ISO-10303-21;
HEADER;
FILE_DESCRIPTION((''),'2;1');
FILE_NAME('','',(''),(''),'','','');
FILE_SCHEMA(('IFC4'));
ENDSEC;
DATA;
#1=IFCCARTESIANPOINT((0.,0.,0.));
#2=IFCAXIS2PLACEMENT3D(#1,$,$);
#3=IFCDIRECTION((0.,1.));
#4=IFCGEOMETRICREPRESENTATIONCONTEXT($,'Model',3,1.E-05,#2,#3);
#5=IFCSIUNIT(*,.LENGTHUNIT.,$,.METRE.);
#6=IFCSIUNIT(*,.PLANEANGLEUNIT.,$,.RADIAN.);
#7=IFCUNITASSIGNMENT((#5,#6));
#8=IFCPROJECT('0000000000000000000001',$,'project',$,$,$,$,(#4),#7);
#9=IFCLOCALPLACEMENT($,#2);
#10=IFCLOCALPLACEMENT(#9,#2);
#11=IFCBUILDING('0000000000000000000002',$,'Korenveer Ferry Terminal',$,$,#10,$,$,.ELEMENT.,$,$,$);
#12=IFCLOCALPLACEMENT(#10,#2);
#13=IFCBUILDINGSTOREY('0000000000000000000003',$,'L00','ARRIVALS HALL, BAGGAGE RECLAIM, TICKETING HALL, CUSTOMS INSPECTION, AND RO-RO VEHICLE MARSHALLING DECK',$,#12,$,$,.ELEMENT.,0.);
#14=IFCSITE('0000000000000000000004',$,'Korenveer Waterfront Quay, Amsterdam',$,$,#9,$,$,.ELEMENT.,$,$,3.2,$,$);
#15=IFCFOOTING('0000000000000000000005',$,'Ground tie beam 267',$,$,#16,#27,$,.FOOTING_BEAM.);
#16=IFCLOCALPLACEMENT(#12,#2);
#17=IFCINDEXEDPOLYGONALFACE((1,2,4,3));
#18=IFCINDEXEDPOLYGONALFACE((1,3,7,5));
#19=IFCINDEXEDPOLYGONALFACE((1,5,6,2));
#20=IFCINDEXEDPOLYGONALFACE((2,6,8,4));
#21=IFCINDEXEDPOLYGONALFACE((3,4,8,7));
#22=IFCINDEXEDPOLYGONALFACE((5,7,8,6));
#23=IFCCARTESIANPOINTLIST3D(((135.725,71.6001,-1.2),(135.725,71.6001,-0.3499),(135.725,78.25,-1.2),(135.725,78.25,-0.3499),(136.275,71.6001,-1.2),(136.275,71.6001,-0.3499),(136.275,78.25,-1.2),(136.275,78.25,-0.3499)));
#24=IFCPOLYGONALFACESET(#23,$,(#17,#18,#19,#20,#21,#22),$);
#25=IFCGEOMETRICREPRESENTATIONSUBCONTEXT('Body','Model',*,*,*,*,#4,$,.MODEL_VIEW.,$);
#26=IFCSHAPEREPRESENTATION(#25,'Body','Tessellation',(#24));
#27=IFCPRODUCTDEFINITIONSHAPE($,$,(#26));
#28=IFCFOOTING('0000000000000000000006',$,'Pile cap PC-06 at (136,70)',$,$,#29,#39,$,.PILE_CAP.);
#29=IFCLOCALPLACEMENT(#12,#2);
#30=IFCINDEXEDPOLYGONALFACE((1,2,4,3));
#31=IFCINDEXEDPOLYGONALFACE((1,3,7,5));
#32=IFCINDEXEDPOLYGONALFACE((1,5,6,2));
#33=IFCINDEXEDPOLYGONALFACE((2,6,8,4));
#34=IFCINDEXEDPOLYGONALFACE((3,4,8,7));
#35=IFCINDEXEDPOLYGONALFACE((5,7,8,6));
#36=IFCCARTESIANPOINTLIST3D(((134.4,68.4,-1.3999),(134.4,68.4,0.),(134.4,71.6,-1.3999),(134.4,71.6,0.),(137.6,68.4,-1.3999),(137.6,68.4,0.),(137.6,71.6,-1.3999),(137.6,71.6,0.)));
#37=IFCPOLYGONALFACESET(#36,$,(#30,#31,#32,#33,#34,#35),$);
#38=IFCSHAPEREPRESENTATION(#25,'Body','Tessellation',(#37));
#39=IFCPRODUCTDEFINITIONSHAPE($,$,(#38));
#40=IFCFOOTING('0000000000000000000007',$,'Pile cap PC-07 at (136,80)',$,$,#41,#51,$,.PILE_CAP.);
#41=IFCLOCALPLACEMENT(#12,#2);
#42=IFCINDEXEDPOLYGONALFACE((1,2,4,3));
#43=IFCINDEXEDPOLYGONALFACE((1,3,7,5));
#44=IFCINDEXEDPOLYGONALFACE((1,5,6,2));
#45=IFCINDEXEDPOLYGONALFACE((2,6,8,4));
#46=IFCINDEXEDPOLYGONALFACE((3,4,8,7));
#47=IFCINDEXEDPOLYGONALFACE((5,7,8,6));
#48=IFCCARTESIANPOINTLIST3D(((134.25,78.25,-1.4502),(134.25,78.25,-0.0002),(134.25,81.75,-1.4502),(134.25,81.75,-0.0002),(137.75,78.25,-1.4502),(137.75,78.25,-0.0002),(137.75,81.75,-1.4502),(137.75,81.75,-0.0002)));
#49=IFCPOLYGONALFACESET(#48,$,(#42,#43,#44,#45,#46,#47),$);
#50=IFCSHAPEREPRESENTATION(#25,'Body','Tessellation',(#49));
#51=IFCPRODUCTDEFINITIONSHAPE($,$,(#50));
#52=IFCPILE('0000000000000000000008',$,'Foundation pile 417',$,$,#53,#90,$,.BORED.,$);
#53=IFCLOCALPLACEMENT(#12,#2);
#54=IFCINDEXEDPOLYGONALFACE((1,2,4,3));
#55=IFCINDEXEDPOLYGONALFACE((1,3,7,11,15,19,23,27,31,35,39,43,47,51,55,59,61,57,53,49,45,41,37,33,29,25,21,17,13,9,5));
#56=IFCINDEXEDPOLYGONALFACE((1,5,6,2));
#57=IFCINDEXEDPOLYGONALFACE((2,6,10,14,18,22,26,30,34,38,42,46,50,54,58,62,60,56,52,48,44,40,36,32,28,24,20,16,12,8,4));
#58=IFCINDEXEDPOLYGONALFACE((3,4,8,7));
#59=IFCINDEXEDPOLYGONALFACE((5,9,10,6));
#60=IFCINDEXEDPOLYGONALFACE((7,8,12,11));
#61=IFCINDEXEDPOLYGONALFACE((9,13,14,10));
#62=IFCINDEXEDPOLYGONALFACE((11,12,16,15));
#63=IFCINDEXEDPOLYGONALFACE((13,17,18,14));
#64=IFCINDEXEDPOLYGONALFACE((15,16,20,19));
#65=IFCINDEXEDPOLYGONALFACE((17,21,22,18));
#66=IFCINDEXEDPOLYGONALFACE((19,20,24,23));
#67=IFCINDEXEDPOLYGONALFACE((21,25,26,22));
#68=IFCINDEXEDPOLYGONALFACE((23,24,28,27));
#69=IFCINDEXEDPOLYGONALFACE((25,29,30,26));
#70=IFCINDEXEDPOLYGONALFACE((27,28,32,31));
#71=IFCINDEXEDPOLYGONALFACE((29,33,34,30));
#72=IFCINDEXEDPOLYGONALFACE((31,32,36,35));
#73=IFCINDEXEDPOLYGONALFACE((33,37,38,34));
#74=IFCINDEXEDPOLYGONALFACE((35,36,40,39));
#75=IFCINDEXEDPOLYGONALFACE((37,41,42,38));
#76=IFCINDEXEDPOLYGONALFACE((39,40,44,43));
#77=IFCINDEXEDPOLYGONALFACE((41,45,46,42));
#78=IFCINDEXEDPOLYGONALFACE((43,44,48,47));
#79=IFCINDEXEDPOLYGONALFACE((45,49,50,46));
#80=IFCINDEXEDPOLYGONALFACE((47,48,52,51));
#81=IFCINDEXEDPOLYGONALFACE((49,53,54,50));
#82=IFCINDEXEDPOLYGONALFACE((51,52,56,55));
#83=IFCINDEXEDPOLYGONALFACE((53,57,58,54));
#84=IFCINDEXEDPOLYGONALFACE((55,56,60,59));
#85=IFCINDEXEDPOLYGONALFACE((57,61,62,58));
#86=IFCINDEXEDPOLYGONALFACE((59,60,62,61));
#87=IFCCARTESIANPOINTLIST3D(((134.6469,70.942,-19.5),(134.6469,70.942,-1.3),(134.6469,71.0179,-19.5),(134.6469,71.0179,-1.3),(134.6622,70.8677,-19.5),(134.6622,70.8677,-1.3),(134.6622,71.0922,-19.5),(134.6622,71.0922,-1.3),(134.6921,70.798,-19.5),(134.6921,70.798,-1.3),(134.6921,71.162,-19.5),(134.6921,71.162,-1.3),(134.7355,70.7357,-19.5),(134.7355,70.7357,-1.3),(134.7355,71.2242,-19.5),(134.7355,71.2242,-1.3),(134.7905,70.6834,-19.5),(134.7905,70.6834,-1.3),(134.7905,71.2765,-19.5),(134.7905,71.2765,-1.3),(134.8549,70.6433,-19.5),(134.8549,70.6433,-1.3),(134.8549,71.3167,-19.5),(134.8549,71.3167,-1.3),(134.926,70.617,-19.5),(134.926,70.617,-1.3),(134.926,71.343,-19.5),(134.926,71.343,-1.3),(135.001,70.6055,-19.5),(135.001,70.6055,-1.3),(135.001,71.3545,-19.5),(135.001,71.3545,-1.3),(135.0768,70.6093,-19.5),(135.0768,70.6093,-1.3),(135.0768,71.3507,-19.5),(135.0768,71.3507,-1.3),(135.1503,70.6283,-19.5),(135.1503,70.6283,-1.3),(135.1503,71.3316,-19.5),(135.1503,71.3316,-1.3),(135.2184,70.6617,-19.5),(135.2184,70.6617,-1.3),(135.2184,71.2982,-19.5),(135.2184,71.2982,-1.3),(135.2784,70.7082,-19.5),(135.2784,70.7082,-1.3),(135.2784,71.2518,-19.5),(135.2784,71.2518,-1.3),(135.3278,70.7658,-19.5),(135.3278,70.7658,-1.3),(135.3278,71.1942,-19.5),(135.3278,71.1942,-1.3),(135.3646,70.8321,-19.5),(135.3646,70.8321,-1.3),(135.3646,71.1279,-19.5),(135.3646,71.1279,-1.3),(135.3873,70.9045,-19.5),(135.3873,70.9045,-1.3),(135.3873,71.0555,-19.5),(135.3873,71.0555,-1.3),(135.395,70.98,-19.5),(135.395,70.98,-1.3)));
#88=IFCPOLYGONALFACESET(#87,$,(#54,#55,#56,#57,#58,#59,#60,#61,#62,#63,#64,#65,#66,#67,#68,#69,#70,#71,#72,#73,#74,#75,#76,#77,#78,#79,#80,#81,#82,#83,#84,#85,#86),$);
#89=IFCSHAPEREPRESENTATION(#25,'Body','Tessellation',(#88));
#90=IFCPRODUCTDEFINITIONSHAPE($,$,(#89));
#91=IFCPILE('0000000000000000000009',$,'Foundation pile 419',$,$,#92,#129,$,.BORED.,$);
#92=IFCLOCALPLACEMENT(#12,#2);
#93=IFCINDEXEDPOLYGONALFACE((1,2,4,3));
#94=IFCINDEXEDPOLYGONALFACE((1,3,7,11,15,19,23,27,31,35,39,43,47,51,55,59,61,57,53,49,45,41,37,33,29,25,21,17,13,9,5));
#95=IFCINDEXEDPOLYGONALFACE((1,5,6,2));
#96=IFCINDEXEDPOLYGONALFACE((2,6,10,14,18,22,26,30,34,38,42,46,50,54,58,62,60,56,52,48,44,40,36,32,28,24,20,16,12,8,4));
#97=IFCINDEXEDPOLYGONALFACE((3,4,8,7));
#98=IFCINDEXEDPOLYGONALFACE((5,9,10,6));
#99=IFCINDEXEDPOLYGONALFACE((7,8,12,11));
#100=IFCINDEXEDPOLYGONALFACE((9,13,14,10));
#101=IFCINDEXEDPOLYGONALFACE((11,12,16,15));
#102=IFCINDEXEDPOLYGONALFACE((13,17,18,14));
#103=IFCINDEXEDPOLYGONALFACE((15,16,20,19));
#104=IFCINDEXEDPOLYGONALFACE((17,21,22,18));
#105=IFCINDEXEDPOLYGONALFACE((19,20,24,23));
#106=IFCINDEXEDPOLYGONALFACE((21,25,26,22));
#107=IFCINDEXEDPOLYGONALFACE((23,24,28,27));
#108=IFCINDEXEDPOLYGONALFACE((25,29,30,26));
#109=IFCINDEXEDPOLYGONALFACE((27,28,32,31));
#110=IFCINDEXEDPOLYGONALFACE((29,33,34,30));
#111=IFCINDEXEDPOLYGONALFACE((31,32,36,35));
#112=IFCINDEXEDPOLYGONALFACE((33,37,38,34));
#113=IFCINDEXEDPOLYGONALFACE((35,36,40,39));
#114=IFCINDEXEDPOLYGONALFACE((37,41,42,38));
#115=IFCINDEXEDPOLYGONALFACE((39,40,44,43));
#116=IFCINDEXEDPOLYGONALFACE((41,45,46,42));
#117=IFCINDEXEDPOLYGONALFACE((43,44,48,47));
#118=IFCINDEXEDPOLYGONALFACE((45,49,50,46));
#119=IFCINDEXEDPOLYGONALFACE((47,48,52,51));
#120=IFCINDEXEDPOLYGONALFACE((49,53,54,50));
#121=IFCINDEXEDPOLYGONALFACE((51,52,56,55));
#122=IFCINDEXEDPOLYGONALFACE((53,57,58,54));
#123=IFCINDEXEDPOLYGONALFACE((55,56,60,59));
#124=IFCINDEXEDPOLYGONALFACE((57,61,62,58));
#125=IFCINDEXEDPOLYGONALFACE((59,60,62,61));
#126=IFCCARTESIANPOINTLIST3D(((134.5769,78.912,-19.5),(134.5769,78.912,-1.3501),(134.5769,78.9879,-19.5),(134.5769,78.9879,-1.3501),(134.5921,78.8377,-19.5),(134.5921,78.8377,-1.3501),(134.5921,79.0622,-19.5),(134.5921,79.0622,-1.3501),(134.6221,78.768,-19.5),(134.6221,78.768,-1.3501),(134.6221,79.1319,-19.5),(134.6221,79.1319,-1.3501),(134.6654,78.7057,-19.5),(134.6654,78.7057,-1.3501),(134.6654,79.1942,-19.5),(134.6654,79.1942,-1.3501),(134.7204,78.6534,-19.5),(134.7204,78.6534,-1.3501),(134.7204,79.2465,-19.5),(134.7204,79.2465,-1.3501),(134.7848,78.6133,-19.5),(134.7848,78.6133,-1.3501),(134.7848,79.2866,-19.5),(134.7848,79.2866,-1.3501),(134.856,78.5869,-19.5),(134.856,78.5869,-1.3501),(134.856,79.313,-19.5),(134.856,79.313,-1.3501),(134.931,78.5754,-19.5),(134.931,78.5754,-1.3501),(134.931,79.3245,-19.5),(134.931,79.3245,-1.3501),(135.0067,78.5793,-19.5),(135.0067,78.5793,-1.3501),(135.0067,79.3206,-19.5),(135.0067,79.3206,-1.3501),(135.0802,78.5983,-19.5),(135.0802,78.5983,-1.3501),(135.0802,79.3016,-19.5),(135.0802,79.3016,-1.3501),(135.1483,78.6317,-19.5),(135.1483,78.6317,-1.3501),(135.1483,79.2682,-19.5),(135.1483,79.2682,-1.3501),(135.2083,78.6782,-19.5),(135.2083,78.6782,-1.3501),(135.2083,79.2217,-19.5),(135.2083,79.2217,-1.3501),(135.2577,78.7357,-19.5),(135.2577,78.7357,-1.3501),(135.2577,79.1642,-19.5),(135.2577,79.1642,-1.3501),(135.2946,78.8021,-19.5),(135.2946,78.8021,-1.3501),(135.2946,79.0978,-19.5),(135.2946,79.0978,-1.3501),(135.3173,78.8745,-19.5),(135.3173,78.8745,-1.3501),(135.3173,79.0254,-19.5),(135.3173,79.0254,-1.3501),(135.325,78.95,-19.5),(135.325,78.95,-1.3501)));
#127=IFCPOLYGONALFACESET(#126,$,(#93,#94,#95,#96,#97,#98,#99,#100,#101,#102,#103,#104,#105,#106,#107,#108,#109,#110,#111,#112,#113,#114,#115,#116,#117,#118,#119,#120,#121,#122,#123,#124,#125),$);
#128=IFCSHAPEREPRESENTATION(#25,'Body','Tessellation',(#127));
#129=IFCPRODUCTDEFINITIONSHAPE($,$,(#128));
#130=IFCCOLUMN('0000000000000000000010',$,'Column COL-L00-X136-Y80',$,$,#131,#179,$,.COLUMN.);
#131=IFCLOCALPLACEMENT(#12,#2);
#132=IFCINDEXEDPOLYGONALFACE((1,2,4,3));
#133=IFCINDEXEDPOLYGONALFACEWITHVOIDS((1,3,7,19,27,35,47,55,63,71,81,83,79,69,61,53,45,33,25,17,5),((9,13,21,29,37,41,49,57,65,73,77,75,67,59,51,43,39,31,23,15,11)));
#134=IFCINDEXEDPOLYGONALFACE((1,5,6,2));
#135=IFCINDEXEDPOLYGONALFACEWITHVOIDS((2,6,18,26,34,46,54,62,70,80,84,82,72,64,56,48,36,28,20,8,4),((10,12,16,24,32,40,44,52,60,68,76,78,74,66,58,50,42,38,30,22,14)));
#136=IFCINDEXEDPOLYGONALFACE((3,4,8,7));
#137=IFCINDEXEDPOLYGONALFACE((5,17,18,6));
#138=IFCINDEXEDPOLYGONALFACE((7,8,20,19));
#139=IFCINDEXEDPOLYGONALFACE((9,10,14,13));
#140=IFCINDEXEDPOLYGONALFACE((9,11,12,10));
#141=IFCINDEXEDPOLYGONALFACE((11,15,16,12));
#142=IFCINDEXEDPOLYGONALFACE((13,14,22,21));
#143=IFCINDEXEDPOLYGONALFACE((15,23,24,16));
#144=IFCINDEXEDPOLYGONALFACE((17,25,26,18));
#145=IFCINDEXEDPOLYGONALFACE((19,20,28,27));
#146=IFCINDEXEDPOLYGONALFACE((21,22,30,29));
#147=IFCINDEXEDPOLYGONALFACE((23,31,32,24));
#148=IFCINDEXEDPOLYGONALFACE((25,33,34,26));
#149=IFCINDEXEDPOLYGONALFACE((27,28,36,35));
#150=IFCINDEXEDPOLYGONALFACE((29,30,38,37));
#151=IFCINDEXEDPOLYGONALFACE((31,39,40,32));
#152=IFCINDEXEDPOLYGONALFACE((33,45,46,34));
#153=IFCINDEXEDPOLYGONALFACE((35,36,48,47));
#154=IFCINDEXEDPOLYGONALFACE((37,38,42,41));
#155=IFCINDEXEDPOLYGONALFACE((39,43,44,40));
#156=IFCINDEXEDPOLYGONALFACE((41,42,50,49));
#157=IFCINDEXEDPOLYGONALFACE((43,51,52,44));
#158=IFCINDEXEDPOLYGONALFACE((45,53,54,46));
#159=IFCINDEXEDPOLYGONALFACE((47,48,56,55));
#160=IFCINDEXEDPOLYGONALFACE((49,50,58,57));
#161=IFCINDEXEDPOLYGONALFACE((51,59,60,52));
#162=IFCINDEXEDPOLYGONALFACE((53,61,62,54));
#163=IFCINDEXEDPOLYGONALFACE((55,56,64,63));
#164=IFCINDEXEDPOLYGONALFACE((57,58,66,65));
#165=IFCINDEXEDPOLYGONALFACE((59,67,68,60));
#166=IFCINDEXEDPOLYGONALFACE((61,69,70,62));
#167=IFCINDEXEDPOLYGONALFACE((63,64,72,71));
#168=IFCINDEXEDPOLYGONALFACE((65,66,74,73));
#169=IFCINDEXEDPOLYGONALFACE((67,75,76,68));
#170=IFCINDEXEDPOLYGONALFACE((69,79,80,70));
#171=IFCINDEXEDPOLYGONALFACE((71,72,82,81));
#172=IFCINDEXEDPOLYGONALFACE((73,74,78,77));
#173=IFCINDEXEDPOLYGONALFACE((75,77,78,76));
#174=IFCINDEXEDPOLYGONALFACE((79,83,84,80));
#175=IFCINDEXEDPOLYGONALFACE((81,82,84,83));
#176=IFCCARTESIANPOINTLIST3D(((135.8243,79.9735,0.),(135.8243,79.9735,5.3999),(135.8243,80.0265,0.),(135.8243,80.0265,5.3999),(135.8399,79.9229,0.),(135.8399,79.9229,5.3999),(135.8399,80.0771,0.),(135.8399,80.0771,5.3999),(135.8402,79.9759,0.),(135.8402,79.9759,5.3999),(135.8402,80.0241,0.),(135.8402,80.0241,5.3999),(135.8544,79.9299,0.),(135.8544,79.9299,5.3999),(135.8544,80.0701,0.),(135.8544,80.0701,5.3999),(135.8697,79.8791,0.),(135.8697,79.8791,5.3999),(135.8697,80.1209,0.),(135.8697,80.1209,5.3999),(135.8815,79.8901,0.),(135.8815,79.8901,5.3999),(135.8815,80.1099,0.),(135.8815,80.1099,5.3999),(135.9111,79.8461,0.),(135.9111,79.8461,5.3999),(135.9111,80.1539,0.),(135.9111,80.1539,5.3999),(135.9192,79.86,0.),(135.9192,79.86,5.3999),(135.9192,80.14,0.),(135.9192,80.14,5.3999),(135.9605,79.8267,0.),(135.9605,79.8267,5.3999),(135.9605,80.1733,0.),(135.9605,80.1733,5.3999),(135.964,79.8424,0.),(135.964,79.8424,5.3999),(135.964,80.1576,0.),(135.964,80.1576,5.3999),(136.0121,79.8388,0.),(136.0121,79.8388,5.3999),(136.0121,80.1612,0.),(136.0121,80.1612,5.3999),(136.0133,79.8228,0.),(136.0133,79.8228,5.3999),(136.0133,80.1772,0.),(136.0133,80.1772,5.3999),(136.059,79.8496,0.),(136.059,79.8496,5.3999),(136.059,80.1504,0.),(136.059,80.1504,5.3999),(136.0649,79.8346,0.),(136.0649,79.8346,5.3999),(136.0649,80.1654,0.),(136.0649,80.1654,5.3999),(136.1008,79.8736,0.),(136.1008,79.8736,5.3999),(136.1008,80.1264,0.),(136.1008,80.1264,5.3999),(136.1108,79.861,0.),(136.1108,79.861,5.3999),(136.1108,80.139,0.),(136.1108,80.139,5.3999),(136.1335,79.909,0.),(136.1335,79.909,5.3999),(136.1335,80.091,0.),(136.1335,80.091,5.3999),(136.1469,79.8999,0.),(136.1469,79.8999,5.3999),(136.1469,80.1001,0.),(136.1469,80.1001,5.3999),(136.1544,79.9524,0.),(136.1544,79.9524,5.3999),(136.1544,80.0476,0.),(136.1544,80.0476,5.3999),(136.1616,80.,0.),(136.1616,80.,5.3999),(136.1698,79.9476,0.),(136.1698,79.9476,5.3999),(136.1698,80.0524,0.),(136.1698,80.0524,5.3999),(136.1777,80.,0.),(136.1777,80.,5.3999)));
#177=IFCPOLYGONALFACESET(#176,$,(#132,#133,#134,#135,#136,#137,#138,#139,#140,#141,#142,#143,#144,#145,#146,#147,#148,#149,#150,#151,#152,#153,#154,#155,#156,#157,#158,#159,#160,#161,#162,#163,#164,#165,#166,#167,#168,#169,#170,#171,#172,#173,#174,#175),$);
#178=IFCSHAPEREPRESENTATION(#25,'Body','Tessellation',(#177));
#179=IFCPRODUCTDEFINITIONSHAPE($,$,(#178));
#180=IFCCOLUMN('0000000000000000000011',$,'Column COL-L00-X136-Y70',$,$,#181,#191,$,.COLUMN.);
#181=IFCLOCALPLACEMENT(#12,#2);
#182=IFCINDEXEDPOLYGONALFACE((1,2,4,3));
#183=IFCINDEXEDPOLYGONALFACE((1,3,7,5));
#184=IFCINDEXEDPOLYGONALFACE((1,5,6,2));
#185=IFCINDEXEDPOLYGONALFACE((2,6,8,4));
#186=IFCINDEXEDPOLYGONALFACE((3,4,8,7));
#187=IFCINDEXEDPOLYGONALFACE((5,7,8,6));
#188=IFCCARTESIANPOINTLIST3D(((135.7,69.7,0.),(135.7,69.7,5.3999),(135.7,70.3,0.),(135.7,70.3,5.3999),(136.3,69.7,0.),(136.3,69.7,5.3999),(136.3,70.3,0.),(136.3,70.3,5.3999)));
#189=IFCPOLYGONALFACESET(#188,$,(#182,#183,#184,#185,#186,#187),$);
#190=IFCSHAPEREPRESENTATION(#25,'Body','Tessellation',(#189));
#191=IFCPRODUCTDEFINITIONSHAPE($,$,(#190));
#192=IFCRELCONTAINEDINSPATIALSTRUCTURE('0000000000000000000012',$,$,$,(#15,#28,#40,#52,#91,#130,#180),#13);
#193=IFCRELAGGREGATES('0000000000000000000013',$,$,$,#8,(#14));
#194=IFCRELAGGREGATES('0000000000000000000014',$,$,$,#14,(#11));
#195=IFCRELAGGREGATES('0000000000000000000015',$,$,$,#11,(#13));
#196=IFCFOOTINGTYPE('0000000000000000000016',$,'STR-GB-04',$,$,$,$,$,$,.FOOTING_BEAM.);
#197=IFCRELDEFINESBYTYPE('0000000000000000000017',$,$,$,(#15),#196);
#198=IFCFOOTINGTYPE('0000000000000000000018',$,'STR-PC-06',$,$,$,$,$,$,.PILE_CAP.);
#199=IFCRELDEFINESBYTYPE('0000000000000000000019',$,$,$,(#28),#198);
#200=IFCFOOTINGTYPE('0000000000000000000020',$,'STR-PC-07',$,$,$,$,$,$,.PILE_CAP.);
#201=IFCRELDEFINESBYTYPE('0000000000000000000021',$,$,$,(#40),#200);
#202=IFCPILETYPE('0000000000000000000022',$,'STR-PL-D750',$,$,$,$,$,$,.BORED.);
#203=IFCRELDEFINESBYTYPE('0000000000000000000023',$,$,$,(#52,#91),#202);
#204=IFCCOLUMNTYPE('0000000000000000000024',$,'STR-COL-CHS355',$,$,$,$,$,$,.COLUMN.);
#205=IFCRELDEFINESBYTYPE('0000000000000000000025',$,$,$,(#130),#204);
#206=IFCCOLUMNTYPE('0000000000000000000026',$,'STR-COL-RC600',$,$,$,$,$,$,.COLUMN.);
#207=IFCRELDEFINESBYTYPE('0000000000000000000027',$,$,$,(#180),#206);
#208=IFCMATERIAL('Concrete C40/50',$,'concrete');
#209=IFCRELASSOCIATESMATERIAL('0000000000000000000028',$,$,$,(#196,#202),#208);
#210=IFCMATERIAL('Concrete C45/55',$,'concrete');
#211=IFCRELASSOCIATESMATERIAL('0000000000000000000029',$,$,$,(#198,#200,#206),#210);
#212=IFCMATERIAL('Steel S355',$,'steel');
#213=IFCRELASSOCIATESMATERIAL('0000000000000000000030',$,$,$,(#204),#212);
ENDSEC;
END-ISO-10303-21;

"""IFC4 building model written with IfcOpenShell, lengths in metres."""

from ifc_helpers import new_model, si_unit, direction, frame, origin, origin_2d, place, context, subcontext, project, spatial, rectangle, circle, hollow_circle, extrude, material, material_profile, profile_set, type_object, element, save


model = new_model("IFC4")

# Units and contexts
model_context = context("Model", 3, precision=1e-05, world=origin(), true_north=direction((0.0, 1.0)))
body_context = subcontext(model_context, "Body", "Model", "MODEL_VIEW")
ifc_project = project(units=[si_unit("LENGTHUNIT", "METRE"), si_unit("PLANEANGLEUNIT", "RADIAN")], contexts=[model_context])

# Site, building, storey
site_placement = place(None, origin())
site = spatial("IfcSite", under=ifc_project, at=site_placement, Name="Korenveer Waterfront Quay, Amsterdam", CompositionType="ELEMENT", RefElevation=3.2)
building_placement = place(site_placement, origin())
building = spatial("IfcBuilding", under=site, at=building_placement, Name="Korenveer Ferry Terminal", CompositionType="ELEMENT")
storey_placement = place(building_placement, origin())
storey = spatial("IfcBuildingStorey", under=building, at=storey_placement, Name="L00", Description="ARRIVALS HALL, BAGGAGE RECLAIM, TICKETING HALL, CUSTOMS INSPECTION, AND RO-RO VEHICLE MARSHALLING DECK", CompositionType="ELEMENT", Elevation=0.0)

# Footings
ifc_material_1 = material(Name="Concrete C40/50", Category="concrete")
footing_type_1 = type_object("IfcFootingType", Name="STR-GB-04", PredefinedType="FOOTING_BEAM", material=ifc_material_1)
footing_1_placement = place(storey_placement, frame((136.0, 74.925, -1.2), z_axis=(0.0, 0.0, 1.0), x_axis=(1.0, 0.0, 0.0)))
element("IfcFooting", 1, at=footing_1_placement, inside=storey, type_object=footing_type_1, Name="Ground tie beam 267", PredefinedType="FOOTING_BEAM", context=body_context, shape_type="SweptSolid", body=[
    extrude(rectangle(XDim=0.55, YDim=6.6499, at=origin_2d()), origin(), (0.0, 0.0, 1.0), 0.8501),
])
ifc_material_2 = material(Name="Concrete C45/55", Category="concrete")
footing_type_2 = type_object("IfcFootingType", Name="STR-PC-06", PredefinedType="PILE_CAP", material=ifc_material_2)
footing_2_placement = place(storey_placement, frame((136.0, 70.0, -1.3999), z_axis=(0.0, 0.0, 1.0), x_axis=(1.0, 0.0, 0.0)))
element("IfcFooting", 2, at=footing_2_placement, inside=storey, type_object=footing_type_2, Name="Pile cap PC-06 at (136,70)", PredefinedType="PILE_CAP", context=body_context, shape_type="SweptSolid", body=[
    extrude(rectangle(XDim=3.2, YDim=3.2, at=origin_2d()), origin(), (0.0, 0.0, 1.0), 1.3999),
])
footing_type_3 = type_object("IfcFootingType", Name="STR-PC-07", PredefinedType="PILE_CAP", material=ifc_material_2)
footing_3_placement = place(storey_placement, frame((136.0, 80.0, -1.4502), z_axis=(0.0, 0.0, 1.0), x_axis=(1.0, 0.0, 0.0)))
element("IfcFooting", 3, at=footing_3_placement, inside=storey, type_object=footing_type_3, Name="Pile cap PC-07 at (136,80)", PredefinedType="PILE_CAP", context=body_context, shape_type="SweptSolid", body=[
    extrude(rectangle(XDim=3.5, YDim=3.5, at=origin_2d()), origin(), (0.0, 0.0, 1.0), 1.45),
])

# Piles
ifc_material_profile_1 = material_profile(ifc_material_1, circle(Radius=0.375, at=origin_2d()), Name="PILE D750")
ifc_profile_set_1 = profile_set([ifc_material_profile_1], Name="Concrete C40/50")
pile_type = type_object("IfcPileType", Name="STR-PL-D750", PredefinedType="BORED", material=ifc_profile_set_1)
pile_1_placement = place(storey_placement, frame((135.02, 70.98, -1.3), z_axis=(0.0, 0.0, -1.0), x_axis=(1.0, 0.0, 0.0)))
element("IfcPile", 4, at=pile_1_placement, inside=storey, type_object=pile_type, Name="Foundation pile 417", PredefinedType="BORED", context=body_context, shape_type="SweptSolid", body=[
    extrude(circle(Radius=0.375, at=origin_2d()), origin(), (0.0, 0.0, 1.0), 18.2),
])
pile_2_placement = place(storey_placement, frame((134.95, 78.95, -1.3501), z_axis=(0.0, 0.0, -1.0), x_axis=(1.0, 0.0, 0.0)))
element("IfcPile", 5, at=pile_2_placement, inside=storey, type_object=pile_type, Name="Foundation pile 419", PredefinedType="BORED", context=body_context, shape_type="SweptSolid", body=[
    extrude(circle(Radius=0.375, at=origin_2d()), origin(), (0.0, 0.0, 1.0), 18.1499),
])

# Columns
ifc_material_3 = material(Name="Steel S355", Category="steel")
ifc_material_profile_2 = material_profile(ifc_material_3, hollow_circle(Radius=0.1777, WallThickness=0.0161, at=origin_2d()), Name="CHS 355.6x16")
ifc_profile_set_2 = profile_set([ifc_material_profile_2], Name="Steel S355")
column_type_1 = type_object("IfcColumnType", Name="STR-COL-CHS355", PredefinedType="COLUMN", material=ifc_profile_set_2)
column_1_placement = place(storey_placement, frame((136.0, 80.0, 0.0), z_axis=(0.0, 0.0, 1.0), x_axis=(1.0, 0.0, 0.0)))
element("IfcColumn", 6, at=column_1_placement, inside=storey, type_object=column_type_1, Name="Column COL-L00-X136-Y80", PredefinedType="COLUMN", context=body_context, shape_type="SweptSolid", body=[
    extrude(hollow_circle(Radius=0.1777, WallThickness=0.0161, at=origin_2d()), origin(), (0.0, 0.0, 1.0), 5.3999),
])
ifc_material_profile_3 = material_profile(ifc_material_2, rectangle(XDim=0.6001, YDim=0.6001, at=origin_2d()), Name="RC 600x600")
ifc_profile_set_3 = profile_set([ifc_material_profile_3], Name="Concrete C45/55")
column_type_2 = type_object("IfcColumnType", Name="STR-COL-RC600", PredefinedType="COLUMN", material=ifc_profile_set_3)
column_2_placement = place(storey_placement, frame((136.0, 70.0, 0.0), z_axis=(0.0, 0.0, 1.0), x_axis=(1.0, 0.0, 0.0)))
element("IfcColumn", 7, at=column_2_placement, inside=storey, type_object=column_type_2, Name="Column COL-L00-X136-Y70", PredefinedType="COLUMN", context=body_context, shape_type="SweptSolid", body=[
    extrude(rectangle(XDim=0.6001, YDim=0.6001, at=origin_2d()), origin(), (0.0, 0.0, 1.0), 5.3999),
])

save(model, "model.ifc")
